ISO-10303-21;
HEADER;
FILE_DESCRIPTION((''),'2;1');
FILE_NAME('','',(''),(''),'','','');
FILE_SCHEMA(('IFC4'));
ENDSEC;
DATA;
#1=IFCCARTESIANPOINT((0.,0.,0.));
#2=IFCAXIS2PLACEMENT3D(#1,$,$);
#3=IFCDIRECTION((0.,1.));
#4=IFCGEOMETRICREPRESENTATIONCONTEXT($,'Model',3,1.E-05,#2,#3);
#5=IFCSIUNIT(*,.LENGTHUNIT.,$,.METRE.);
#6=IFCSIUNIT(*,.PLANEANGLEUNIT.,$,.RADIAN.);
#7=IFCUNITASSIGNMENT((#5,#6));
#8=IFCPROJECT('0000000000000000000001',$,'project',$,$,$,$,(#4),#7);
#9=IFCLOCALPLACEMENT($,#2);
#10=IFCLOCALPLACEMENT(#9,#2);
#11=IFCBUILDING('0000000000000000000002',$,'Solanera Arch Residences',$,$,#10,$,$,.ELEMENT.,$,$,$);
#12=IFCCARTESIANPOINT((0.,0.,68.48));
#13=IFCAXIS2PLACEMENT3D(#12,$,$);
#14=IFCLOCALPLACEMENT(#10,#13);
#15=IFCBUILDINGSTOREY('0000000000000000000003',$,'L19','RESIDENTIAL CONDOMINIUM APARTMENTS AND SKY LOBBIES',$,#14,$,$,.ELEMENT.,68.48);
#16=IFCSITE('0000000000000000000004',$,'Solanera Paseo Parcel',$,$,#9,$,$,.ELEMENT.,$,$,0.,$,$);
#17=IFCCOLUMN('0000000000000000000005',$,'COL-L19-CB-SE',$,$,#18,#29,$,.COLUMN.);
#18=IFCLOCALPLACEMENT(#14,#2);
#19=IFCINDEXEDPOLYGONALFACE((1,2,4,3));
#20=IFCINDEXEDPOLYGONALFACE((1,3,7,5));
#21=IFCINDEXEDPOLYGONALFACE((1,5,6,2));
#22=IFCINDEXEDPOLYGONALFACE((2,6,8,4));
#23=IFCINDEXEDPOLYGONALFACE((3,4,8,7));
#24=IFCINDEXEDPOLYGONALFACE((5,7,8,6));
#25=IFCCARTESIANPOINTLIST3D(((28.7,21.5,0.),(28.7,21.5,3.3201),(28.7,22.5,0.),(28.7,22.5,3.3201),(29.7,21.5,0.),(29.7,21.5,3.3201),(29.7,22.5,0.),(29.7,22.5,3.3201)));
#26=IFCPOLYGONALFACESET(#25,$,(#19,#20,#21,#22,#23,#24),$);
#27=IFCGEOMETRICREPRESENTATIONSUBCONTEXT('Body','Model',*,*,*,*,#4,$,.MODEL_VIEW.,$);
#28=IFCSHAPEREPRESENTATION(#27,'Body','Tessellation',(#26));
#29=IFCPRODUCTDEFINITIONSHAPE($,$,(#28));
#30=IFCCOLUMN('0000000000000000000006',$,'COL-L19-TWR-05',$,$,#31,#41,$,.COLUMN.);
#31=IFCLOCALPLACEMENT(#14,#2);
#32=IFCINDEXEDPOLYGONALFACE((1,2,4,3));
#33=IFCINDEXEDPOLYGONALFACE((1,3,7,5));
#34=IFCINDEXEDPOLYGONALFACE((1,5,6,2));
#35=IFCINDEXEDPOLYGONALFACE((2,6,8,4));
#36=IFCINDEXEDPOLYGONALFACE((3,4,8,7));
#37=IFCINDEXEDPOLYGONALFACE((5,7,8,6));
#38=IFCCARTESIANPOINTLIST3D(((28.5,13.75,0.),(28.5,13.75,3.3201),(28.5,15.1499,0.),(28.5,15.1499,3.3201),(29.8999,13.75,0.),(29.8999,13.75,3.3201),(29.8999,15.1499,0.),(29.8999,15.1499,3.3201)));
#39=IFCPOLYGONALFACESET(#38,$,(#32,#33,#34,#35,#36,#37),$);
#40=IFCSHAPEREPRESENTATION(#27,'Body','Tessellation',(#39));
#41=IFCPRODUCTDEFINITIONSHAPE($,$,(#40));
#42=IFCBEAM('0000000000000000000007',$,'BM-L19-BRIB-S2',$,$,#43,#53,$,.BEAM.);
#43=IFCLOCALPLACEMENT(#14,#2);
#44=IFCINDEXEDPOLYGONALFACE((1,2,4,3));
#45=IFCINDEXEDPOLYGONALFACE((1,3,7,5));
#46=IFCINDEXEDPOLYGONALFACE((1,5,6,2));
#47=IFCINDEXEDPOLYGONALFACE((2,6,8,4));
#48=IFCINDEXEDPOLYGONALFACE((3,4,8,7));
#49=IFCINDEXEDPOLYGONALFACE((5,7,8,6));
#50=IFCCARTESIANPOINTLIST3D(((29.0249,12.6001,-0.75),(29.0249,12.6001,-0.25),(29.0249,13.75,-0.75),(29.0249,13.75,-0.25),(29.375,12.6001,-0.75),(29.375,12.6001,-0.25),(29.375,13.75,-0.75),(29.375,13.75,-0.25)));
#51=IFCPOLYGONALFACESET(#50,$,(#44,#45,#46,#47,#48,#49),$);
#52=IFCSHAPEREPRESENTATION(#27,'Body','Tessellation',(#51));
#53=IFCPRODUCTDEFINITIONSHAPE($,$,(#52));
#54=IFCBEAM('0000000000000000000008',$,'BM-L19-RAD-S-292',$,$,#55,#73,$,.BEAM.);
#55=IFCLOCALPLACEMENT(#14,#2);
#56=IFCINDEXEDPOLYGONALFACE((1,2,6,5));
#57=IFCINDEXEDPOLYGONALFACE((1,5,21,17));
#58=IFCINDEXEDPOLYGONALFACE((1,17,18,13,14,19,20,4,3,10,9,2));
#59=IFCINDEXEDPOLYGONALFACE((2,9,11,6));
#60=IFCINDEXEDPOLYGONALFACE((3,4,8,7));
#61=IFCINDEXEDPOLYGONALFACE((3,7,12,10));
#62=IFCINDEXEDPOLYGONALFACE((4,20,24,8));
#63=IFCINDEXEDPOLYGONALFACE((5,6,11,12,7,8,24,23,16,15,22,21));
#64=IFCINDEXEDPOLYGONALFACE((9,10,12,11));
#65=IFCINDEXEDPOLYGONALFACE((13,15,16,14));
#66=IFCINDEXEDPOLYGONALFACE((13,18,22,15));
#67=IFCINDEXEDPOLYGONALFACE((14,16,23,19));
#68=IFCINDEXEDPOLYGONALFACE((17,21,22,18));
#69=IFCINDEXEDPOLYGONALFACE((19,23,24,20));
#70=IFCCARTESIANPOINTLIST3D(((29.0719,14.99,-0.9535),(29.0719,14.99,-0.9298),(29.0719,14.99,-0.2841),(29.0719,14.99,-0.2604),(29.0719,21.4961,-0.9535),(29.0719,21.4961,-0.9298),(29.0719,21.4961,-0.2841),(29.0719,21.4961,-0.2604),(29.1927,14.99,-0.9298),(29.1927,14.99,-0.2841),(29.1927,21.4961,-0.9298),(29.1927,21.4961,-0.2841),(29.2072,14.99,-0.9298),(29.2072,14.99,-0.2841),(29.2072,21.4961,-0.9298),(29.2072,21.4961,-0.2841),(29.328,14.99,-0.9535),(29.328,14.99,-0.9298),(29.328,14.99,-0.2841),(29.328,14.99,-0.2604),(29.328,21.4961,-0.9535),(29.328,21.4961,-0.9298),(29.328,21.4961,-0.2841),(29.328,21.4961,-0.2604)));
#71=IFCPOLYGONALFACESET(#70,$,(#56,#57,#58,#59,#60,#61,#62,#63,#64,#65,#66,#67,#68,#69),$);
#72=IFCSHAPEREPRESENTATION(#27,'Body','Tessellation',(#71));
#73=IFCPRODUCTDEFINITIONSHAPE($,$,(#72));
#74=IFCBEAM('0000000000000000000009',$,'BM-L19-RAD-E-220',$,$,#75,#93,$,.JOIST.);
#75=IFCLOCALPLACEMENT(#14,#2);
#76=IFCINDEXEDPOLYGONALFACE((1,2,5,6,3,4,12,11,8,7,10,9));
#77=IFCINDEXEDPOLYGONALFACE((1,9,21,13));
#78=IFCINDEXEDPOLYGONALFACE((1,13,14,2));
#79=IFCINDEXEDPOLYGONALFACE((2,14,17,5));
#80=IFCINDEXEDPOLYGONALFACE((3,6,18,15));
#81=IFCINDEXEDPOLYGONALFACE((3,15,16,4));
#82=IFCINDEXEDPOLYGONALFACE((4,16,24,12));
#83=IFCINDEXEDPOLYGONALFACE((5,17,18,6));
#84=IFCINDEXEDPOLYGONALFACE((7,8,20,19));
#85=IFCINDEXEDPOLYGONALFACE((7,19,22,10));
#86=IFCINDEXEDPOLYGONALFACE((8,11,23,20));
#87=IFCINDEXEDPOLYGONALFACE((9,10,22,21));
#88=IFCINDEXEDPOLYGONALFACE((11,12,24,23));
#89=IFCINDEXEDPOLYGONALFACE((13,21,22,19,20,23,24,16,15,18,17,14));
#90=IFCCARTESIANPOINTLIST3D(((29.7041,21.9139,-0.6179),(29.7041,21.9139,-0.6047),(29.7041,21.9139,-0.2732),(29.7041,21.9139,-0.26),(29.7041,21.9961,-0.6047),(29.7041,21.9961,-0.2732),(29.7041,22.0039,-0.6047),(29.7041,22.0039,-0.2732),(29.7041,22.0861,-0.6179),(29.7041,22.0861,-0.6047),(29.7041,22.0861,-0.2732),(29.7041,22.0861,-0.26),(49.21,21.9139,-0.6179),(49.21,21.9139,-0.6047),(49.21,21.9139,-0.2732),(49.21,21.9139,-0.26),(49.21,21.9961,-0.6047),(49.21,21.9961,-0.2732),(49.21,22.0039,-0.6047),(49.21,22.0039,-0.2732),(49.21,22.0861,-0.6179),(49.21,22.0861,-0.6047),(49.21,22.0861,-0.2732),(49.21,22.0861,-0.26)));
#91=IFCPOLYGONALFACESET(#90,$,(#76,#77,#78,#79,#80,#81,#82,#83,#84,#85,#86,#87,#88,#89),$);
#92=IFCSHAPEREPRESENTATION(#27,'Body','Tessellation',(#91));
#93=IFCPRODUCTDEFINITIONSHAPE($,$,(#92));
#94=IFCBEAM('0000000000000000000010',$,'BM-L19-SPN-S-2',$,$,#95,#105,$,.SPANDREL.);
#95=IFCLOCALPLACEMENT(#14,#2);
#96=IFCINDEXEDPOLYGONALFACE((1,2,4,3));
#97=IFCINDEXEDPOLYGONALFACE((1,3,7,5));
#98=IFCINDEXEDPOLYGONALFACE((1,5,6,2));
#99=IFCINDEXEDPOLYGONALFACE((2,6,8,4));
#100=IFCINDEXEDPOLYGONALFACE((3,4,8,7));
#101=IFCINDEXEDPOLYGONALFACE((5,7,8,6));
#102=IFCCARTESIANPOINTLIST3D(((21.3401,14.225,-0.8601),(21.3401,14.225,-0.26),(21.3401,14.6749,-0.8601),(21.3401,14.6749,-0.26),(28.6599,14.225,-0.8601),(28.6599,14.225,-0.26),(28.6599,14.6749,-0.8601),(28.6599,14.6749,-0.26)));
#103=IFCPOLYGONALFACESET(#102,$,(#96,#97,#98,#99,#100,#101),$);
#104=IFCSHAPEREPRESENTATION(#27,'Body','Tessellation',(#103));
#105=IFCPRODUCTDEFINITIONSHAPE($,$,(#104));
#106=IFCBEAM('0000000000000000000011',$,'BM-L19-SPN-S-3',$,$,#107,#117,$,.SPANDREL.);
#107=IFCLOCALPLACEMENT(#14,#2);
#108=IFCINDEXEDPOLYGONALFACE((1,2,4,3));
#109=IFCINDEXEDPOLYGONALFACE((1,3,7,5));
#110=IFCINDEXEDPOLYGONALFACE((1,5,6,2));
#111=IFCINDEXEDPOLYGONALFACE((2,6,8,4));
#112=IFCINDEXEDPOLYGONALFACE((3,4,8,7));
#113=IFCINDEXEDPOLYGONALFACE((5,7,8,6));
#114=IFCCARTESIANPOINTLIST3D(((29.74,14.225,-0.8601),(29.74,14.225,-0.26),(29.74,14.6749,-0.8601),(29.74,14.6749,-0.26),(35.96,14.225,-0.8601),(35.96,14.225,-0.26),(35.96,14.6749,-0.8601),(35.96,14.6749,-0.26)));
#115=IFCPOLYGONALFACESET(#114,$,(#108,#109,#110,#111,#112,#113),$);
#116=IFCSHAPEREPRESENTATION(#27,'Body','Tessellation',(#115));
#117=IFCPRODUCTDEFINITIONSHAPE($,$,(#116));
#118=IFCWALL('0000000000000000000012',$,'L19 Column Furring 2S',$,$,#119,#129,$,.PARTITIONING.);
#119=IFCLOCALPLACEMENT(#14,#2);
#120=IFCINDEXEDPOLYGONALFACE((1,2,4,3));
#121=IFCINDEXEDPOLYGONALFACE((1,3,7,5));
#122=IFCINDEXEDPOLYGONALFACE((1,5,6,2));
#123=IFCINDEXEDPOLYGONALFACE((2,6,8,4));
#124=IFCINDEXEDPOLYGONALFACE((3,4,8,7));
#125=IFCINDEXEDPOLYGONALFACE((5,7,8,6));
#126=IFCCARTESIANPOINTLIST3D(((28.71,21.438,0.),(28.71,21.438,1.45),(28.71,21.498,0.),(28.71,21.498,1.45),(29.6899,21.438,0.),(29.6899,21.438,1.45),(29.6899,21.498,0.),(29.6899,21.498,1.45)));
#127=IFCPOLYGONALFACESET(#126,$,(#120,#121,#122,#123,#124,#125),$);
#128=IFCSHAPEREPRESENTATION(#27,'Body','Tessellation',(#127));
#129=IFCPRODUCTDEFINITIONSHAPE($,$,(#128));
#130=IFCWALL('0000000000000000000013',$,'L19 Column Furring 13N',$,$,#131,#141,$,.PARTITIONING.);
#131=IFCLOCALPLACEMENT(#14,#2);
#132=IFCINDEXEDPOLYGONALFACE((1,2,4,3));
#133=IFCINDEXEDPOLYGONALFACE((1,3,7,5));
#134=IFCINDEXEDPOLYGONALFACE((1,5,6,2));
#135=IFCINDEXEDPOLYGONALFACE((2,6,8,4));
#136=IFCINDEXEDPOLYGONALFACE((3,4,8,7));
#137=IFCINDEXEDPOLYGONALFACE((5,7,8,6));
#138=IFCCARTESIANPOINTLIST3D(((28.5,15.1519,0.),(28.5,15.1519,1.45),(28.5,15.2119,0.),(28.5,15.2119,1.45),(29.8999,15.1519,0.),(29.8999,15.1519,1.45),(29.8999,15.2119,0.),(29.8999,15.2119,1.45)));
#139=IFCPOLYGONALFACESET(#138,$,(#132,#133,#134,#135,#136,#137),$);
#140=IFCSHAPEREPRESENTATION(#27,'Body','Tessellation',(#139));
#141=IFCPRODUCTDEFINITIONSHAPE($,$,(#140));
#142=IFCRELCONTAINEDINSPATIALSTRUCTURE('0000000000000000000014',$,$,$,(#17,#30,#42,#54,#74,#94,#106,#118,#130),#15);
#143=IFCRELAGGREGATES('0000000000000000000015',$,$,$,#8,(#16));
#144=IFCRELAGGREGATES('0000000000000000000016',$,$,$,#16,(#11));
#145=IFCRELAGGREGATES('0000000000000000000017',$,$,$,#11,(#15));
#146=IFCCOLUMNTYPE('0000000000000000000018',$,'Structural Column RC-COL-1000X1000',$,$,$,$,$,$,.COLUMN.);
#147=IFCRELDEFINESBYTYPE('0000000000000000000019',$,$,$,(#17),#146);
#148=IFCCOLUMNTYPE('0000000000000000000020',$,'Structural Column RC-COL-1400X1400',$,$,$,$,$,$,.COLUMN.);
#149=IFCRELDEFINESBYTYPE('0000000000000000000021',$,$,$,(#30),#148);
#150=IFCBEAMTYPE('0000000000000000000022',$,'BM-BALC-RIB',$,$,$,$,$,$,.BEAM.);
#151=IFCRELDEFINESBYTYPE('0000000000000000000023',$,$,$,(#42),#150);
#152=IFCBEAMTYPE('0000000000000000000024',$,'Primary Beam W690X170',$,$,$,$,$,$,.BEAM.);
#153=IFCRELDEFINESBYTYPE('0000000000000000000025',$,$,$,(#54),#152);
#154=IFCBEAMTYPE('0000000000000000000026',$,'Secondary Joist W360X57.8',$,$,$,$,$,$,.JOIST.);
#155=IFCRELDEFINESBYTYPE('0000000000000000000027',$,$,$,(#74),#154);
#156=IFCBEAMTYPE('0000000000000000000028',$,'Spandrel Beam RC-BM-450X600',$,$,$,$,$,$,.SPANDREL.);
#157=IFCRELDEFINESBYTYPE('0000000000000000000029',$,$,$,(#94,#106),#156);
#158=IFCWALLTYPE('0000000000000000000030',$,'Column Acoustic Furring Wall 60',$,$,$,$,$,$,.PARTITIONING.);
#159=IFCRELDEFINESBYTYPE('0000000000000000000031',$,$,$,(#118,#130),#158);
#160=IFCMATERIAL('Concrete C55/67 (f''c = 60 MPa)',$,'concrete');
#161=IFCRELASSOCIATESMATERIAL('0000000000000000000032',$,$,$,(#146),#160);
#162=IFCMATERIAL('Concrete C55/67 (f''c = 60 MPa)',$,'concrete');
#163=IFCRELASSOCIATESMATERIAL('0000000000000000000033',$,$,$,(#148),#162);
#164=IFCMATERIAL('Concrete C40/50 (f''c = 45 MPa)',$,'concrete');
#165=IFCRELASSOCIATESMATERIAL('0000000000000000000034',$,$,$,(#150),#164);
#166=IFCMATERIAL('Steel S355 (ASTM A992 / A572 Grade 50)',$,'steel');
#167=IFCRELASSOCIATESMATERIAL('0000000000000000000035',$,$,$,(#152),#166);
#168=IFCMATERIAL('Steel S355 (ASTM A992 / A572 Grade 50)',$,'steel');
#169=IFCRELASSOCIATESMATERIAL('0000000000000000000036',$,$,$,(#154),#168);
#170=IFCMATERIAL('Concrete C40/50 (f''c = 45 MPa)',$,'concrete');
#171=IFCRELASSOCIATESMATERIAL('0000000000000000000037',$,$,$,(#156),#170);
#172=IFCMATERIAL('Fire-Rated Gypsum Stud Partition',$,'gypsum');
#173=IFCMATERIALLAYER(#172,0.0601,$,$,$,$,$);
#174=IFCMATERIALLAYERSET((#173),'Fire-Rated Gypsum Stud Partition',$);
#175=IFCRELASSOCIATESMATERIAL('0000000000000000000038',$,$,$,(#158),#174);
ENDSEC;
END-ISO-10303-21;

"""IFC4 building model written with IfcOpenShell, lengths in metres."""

from ifc_helpers import new_model, si_unit, direction, frame, frame_2d, origin, origin_2d, place, context, subcontext, project, spatial, rectangle, i_section, extrude, material, layer, layer_set, material_profile, profile_set, type_object, element, save


model = new_model("IFC4")

# Units and contexts
model_context = context("Model", 3, precision=1e-05, world=origin(), true_north=direction((0.0, 1.0)))
body_context = subcontext(model_context, "Body", "Model", "MODEL_VIEW")
ifc_project = project(units=[si_unit("LENGTHUNIT", "METRE"), si_unit("PLANEANGLEUNIT", "RADIAN")], contexts=[model_context])

# Site, building, storey
site_placement = place(None, origin())
site = spatial("IfcSite", under=ifc_project, at=site_placement, Name="Solanera Paseo Parcel", CompositionType="ELEMENT", RefElevation=0.0)
building_placement = place(site_placement, origin())
building = spatial("IfcBuilding", under=site, at=building_placement, Name="Solanera Arch Residences", CompositionType="ELEMENT")
storey_placement = place(building_placement, frame((0.0, 0.0, 68.48)))
storey = spatial("IfcBuildingStorey", under=building, at=storey_placement, Name="L19", Description="RESIDENTIAL CONDOMINIUM APARTMENTS AND SKY LOBBIES", CompositionType="ELEMENT", Elevation=68.48)

# Columns
ifc_material_1 = material(Name="Concrete C55/67 (f'c = 60 MPa)", Category="concrete")
ifc_material_profile_1 = material_profile(ifc_material_1, rectangle(XDim=1.0, YDim=1.0, at=origin_2d()))
ifc_profile_set_1 = profile_set([ifc_material_profile_1], Name="Concrete C55/67 (f'c = 60 MPa)")
column_type_1 = type_object("IfcColumnType", Name="Structural Column RC-COL-1000X1000", PredefinedType="COLUMN", material=ifc_profile_set_1)
column_1_placement = place(storey_placement, frame((29.2, 22.0, 0.0), z_axis=(0.0, 0.0, 1.0), x_axis=(1.0, 0.0, 0.0)))
element("IfcColumn", 1, at=column_1_placement, inside=storey, type_object=column_type_1, Name="COL-L19-CB-SE", PredefinedType="COLUMN", context=body_context, shape_type="SweptSolid", body=[
    extrude(rectangle(XDim=1.0, YDim=1.0, at=origin_2d()), origin(), (0.0, 0.0, 1.0), 3.3201),
])
ifc_material_2 = material(Name="Concrete C55/67 (f'c = 60 MPa)", Category="concrete")
ifc_material_profile_2 = material_profile(ifc_material_2, rectangle(XDim=1.3999, YDim=1.3999, at=origin_2d()))
ifc_profile_set_2 = profile_set([ifc_material_profile_2], Name="Concrete C55/67 (f'c = 60 MPa)")
column_type_2 = type_object("IfcColumnType", Name="Structural Column RC-COL-1400X1400", PredefinedType="COLUMN", material=ifc_profile_set_2)
column_2_placement = place(storey_placement, frame((29.2, 14.45, 0.0), z_axis=(0.0, 0.0, 1.0), x_axis=(1.0, 0.0, 0.0)))
element("IfcColumn", 2, at=column_2_placement, inside=storey, type_object=column_type_2, Name="COL-L19-TWR-05", PredefinedType="COLUMN", context=body_context, shape_type="SweptSolid", body=[
    extrude(rectangle(XDim=1.3999, YDim=1.3999, at=origin_2d()), origin(), (0.0, 0.0, 1.0), 3.3201),
])

# Beams
ifc_material_3 = material(Name="Concrete C40/50 (f'c = 45 MPa)", Category="concrete")
ifc_material_profile_3 = material_profile(ifc_material_3, rectangle(XDim=0.3501, YDim=0.5, at=origin_2d()))
ifc_profile_set_3 = profile_set([ifc_material_profile_3], Name="Concrete C40/50 (f'c = 45 MPa)")
beam_type_1 = type_object("IfcBeamType", Name="BM-BALC-RIB", PredefinedType="BEAM", material=ifc_profile_set_3)
beam_1_placement = place(storey_placement, frame((29.2, 12.6001, -0.5), z_axis=(0.0, 1.0, 0.0), x_axis=(-1.0, 0.0, 0.0)))
element("IfcBeam", 3, at=beam_1_placement, inside=storey, type_object=beam_type_1, Name="BM-L19-BRIB-S2", PredefinedType="BEAM", context=body_context, shape_type="SweptSolid", body=[
    extrude(rectangle(XDim=0.3501, YDim=0.5, at=origin_2d()), origin(), (0.0, 0.0, 1.0), 1.1499),
])
ifc_material_4 = material(Name="Steel S355 (ASTM A992 / A572 Grade 50)", Category="steel")
ifc_material_profile_4 = material_profile(ifc_material_4, i_section(OverallWidth=0.2561, OverallDepth=0.6931, WebThickness=0.0144, FlangeThickness=0.0237, at=origin_2d()))
ifc_profile_set_4 = profile_set([ifc_material_profile_4], Name="Steel S355 (ASTM A992 / A572 Grade 50)")
beam_type_2 = type_object("IfcBeamType", Name="Primary Beam W690X170", PredefinedType="BEAM", material=ifc_profile_set_4)
beam_2_placement = place(storey_placement, frame((29.2, 14.99, -0.6069), z_axis=(0.0, 1.0, 0.0), x_axis=(-1.0, 0.0, 0.0)))
element("IfcBeam", 4, at=beam_2_placement, inside=storey, type_object=beam_type_2, Name="BM-L19-RAD-S-292", PredefinedType="BEAM", context=body_context, shape_type="SweptSolid", body=[
    extrude(i_section(OverallWidth=0.2561, OverallDepth=0.6931, WebThickness=0.0144, FlangeThickness=0.0237, at=origin_2d()), origin(), (0.0, 0.0, 1.0), 6.5061),
])
ifc_material_5 = material(Name="Steel S355 (ASTM A992 / A572 Grade 50)", Category="steel")
ifc_material_profile_5 = material_profile(ifc_material_5, i_section(OverallWidth=0.1721, OverallDepth=0.3579, WebThickness=0.0078, FlangeThickness=0.0132, at=origin_2d()))
ifc_profile_set_5 = profile_set([ifc_material_profile_5], Name="Steel S355 (ASTM A992 / A572 Grade 50)")
beam_type_3 = type_object("IfcBeamType", Name="Secondary Joist W360X57.8", PredefinedType="JOIST", material=ifc_profile_set_5)
beam_3_placement = place(storey_placement, frame((29.7041, 22.0, -0.439), z_axis=(1.0, 0.0, 0.0), x_axis=(0.0, 1.0, 0.0)))
element("IfcBeam", 5, at=beam_3_placement, inside=storey, type_object=beam_type_3, Name="BM-L19-RAD-E-220", PredefinedType="JOIST", context=body_context, shape_type="SweptSolid", body=[
    extrude(i_section(OverallWidth=0.1721, OverallDepth=0.3579, WebThickness=0.0078, FlangeThickness=0.0132, at=origin_2d()), origin(), (0.0, 0.0, 1.0), 19.5059),
])
ifc_material_6 = material(Name="Concrete C40/50 (f'c = 45 MPa)", Category="concrete")
ifc_material_profile_6 = material_profile(ifc_material_6, rectangle(XDim=0.45, YDim=0.6001, at=origin_2d()))
ifc_profile_set_6 = profile_set([ifc_material_profile_6], Name="Concrete C40/50 (f'c = 45 MPa)")
beam_type_4 = type_object("IfcBeamType", Name="Spandrel Beam RC-BM-450X600", PredefinedType="SPANDREL", material=ifc_profile_set_6)
beam_4_placement = place(storey_placement, frame((21.3401, 14.45, -0.5601), z_axis=(1.0, 0.0, 0.0), x_axis=(0.0, 1.0, 0.0)))
element("IfcBeam", 6, at=beam_4_placement, inside=storey, type_object=beam_type_4, Name="BM-L19-SPN-S-2", PredefinedType="SPANDREL", context=body_context, shape_type="SweptSolid", body=[
    extrude(rectangle(XDim=0.45, YDim=0.6001, at=origin_2d()), origin(), (0.0, 0.0, 1.0), 7.3198),
])
beam_5_placement = place(storey_placement, frame((29.74, 14.45, -0.5601), z_axis=(1.0, 0.0, 0.0), x_axis=(0.0, 1.0, 0.0)))
element("IfcBeam", 7, at=beam_5_placement, inside=storey, type_object=beam_type_4, Name="BM-L19-SPN-S-3", PredefinedType="SPANDREL", context=body_context, shape_type="SweptSolid", body=[
    extrude(rectangle(XDim=0.45, YDim=0.6001, at=origin_2d()), origin(), (0.0, 0.0, 1.0), 6.22),
])

# Walls
ifc_material_7 = material(Name="Fire-Rated Gypsum Stud Partition", Category="gypsum")
ifc_layer_1 = layer(ifc_material_7, 0.0601)
ifc_layer_set_1 = layer_set([ifc_layer_1], Name="Fire-Rated Gypsum Stud Partition")
wall_type_1 = type_object("IfcWallType", Name="Column Acoustic Furring Wall 60", PredefinedType="PARTITIONING", material=ifc_layer_set_1)
wall_1_placement = place(storey_placement, frame((28.71, 21.468, 0.0), z_axis=(0.0, 0.0, 1.0), x_axis=(1.0, 0.0, 0.0)))
element("IfcWall", 8, at=wall_1_placement, inside=storey, type_object=wall_type_1, Name="L19 Column Furring 2S", PredefinedType="PARTITIONING", context=body_context, shape_type="SweptSolid", body=[
    extrude(rectangle(XDim=0.98, YDim=0.0601, at=frame_2d((0.49, 0.0))), origin(), (0.0, 0.0, 1.0), 1.45),
])
wall_2_placement = place(storey_placement, frame((28.5, 15.1819, 0.0), z_axis=(0.0, 0.0, 1.0), x_axis=(1.0, 0.0, 0.0)))
element("IfcWall", 9, at=wall_2_placement, inside=storey, type_object=wall_type_1, Name="L19 Column Furring 13N", PredefinedType="PARTITIONING", context=body_context, shape_type="SweptSolid", body=[
    extrude(rectangle(XDim=1.3999, YDim=0.0601, at=frame_2d((0.7, 0.0))), origin(), (0.0, 0.0, 1.0), 1.45),
])

save(model, "model.ifc")
